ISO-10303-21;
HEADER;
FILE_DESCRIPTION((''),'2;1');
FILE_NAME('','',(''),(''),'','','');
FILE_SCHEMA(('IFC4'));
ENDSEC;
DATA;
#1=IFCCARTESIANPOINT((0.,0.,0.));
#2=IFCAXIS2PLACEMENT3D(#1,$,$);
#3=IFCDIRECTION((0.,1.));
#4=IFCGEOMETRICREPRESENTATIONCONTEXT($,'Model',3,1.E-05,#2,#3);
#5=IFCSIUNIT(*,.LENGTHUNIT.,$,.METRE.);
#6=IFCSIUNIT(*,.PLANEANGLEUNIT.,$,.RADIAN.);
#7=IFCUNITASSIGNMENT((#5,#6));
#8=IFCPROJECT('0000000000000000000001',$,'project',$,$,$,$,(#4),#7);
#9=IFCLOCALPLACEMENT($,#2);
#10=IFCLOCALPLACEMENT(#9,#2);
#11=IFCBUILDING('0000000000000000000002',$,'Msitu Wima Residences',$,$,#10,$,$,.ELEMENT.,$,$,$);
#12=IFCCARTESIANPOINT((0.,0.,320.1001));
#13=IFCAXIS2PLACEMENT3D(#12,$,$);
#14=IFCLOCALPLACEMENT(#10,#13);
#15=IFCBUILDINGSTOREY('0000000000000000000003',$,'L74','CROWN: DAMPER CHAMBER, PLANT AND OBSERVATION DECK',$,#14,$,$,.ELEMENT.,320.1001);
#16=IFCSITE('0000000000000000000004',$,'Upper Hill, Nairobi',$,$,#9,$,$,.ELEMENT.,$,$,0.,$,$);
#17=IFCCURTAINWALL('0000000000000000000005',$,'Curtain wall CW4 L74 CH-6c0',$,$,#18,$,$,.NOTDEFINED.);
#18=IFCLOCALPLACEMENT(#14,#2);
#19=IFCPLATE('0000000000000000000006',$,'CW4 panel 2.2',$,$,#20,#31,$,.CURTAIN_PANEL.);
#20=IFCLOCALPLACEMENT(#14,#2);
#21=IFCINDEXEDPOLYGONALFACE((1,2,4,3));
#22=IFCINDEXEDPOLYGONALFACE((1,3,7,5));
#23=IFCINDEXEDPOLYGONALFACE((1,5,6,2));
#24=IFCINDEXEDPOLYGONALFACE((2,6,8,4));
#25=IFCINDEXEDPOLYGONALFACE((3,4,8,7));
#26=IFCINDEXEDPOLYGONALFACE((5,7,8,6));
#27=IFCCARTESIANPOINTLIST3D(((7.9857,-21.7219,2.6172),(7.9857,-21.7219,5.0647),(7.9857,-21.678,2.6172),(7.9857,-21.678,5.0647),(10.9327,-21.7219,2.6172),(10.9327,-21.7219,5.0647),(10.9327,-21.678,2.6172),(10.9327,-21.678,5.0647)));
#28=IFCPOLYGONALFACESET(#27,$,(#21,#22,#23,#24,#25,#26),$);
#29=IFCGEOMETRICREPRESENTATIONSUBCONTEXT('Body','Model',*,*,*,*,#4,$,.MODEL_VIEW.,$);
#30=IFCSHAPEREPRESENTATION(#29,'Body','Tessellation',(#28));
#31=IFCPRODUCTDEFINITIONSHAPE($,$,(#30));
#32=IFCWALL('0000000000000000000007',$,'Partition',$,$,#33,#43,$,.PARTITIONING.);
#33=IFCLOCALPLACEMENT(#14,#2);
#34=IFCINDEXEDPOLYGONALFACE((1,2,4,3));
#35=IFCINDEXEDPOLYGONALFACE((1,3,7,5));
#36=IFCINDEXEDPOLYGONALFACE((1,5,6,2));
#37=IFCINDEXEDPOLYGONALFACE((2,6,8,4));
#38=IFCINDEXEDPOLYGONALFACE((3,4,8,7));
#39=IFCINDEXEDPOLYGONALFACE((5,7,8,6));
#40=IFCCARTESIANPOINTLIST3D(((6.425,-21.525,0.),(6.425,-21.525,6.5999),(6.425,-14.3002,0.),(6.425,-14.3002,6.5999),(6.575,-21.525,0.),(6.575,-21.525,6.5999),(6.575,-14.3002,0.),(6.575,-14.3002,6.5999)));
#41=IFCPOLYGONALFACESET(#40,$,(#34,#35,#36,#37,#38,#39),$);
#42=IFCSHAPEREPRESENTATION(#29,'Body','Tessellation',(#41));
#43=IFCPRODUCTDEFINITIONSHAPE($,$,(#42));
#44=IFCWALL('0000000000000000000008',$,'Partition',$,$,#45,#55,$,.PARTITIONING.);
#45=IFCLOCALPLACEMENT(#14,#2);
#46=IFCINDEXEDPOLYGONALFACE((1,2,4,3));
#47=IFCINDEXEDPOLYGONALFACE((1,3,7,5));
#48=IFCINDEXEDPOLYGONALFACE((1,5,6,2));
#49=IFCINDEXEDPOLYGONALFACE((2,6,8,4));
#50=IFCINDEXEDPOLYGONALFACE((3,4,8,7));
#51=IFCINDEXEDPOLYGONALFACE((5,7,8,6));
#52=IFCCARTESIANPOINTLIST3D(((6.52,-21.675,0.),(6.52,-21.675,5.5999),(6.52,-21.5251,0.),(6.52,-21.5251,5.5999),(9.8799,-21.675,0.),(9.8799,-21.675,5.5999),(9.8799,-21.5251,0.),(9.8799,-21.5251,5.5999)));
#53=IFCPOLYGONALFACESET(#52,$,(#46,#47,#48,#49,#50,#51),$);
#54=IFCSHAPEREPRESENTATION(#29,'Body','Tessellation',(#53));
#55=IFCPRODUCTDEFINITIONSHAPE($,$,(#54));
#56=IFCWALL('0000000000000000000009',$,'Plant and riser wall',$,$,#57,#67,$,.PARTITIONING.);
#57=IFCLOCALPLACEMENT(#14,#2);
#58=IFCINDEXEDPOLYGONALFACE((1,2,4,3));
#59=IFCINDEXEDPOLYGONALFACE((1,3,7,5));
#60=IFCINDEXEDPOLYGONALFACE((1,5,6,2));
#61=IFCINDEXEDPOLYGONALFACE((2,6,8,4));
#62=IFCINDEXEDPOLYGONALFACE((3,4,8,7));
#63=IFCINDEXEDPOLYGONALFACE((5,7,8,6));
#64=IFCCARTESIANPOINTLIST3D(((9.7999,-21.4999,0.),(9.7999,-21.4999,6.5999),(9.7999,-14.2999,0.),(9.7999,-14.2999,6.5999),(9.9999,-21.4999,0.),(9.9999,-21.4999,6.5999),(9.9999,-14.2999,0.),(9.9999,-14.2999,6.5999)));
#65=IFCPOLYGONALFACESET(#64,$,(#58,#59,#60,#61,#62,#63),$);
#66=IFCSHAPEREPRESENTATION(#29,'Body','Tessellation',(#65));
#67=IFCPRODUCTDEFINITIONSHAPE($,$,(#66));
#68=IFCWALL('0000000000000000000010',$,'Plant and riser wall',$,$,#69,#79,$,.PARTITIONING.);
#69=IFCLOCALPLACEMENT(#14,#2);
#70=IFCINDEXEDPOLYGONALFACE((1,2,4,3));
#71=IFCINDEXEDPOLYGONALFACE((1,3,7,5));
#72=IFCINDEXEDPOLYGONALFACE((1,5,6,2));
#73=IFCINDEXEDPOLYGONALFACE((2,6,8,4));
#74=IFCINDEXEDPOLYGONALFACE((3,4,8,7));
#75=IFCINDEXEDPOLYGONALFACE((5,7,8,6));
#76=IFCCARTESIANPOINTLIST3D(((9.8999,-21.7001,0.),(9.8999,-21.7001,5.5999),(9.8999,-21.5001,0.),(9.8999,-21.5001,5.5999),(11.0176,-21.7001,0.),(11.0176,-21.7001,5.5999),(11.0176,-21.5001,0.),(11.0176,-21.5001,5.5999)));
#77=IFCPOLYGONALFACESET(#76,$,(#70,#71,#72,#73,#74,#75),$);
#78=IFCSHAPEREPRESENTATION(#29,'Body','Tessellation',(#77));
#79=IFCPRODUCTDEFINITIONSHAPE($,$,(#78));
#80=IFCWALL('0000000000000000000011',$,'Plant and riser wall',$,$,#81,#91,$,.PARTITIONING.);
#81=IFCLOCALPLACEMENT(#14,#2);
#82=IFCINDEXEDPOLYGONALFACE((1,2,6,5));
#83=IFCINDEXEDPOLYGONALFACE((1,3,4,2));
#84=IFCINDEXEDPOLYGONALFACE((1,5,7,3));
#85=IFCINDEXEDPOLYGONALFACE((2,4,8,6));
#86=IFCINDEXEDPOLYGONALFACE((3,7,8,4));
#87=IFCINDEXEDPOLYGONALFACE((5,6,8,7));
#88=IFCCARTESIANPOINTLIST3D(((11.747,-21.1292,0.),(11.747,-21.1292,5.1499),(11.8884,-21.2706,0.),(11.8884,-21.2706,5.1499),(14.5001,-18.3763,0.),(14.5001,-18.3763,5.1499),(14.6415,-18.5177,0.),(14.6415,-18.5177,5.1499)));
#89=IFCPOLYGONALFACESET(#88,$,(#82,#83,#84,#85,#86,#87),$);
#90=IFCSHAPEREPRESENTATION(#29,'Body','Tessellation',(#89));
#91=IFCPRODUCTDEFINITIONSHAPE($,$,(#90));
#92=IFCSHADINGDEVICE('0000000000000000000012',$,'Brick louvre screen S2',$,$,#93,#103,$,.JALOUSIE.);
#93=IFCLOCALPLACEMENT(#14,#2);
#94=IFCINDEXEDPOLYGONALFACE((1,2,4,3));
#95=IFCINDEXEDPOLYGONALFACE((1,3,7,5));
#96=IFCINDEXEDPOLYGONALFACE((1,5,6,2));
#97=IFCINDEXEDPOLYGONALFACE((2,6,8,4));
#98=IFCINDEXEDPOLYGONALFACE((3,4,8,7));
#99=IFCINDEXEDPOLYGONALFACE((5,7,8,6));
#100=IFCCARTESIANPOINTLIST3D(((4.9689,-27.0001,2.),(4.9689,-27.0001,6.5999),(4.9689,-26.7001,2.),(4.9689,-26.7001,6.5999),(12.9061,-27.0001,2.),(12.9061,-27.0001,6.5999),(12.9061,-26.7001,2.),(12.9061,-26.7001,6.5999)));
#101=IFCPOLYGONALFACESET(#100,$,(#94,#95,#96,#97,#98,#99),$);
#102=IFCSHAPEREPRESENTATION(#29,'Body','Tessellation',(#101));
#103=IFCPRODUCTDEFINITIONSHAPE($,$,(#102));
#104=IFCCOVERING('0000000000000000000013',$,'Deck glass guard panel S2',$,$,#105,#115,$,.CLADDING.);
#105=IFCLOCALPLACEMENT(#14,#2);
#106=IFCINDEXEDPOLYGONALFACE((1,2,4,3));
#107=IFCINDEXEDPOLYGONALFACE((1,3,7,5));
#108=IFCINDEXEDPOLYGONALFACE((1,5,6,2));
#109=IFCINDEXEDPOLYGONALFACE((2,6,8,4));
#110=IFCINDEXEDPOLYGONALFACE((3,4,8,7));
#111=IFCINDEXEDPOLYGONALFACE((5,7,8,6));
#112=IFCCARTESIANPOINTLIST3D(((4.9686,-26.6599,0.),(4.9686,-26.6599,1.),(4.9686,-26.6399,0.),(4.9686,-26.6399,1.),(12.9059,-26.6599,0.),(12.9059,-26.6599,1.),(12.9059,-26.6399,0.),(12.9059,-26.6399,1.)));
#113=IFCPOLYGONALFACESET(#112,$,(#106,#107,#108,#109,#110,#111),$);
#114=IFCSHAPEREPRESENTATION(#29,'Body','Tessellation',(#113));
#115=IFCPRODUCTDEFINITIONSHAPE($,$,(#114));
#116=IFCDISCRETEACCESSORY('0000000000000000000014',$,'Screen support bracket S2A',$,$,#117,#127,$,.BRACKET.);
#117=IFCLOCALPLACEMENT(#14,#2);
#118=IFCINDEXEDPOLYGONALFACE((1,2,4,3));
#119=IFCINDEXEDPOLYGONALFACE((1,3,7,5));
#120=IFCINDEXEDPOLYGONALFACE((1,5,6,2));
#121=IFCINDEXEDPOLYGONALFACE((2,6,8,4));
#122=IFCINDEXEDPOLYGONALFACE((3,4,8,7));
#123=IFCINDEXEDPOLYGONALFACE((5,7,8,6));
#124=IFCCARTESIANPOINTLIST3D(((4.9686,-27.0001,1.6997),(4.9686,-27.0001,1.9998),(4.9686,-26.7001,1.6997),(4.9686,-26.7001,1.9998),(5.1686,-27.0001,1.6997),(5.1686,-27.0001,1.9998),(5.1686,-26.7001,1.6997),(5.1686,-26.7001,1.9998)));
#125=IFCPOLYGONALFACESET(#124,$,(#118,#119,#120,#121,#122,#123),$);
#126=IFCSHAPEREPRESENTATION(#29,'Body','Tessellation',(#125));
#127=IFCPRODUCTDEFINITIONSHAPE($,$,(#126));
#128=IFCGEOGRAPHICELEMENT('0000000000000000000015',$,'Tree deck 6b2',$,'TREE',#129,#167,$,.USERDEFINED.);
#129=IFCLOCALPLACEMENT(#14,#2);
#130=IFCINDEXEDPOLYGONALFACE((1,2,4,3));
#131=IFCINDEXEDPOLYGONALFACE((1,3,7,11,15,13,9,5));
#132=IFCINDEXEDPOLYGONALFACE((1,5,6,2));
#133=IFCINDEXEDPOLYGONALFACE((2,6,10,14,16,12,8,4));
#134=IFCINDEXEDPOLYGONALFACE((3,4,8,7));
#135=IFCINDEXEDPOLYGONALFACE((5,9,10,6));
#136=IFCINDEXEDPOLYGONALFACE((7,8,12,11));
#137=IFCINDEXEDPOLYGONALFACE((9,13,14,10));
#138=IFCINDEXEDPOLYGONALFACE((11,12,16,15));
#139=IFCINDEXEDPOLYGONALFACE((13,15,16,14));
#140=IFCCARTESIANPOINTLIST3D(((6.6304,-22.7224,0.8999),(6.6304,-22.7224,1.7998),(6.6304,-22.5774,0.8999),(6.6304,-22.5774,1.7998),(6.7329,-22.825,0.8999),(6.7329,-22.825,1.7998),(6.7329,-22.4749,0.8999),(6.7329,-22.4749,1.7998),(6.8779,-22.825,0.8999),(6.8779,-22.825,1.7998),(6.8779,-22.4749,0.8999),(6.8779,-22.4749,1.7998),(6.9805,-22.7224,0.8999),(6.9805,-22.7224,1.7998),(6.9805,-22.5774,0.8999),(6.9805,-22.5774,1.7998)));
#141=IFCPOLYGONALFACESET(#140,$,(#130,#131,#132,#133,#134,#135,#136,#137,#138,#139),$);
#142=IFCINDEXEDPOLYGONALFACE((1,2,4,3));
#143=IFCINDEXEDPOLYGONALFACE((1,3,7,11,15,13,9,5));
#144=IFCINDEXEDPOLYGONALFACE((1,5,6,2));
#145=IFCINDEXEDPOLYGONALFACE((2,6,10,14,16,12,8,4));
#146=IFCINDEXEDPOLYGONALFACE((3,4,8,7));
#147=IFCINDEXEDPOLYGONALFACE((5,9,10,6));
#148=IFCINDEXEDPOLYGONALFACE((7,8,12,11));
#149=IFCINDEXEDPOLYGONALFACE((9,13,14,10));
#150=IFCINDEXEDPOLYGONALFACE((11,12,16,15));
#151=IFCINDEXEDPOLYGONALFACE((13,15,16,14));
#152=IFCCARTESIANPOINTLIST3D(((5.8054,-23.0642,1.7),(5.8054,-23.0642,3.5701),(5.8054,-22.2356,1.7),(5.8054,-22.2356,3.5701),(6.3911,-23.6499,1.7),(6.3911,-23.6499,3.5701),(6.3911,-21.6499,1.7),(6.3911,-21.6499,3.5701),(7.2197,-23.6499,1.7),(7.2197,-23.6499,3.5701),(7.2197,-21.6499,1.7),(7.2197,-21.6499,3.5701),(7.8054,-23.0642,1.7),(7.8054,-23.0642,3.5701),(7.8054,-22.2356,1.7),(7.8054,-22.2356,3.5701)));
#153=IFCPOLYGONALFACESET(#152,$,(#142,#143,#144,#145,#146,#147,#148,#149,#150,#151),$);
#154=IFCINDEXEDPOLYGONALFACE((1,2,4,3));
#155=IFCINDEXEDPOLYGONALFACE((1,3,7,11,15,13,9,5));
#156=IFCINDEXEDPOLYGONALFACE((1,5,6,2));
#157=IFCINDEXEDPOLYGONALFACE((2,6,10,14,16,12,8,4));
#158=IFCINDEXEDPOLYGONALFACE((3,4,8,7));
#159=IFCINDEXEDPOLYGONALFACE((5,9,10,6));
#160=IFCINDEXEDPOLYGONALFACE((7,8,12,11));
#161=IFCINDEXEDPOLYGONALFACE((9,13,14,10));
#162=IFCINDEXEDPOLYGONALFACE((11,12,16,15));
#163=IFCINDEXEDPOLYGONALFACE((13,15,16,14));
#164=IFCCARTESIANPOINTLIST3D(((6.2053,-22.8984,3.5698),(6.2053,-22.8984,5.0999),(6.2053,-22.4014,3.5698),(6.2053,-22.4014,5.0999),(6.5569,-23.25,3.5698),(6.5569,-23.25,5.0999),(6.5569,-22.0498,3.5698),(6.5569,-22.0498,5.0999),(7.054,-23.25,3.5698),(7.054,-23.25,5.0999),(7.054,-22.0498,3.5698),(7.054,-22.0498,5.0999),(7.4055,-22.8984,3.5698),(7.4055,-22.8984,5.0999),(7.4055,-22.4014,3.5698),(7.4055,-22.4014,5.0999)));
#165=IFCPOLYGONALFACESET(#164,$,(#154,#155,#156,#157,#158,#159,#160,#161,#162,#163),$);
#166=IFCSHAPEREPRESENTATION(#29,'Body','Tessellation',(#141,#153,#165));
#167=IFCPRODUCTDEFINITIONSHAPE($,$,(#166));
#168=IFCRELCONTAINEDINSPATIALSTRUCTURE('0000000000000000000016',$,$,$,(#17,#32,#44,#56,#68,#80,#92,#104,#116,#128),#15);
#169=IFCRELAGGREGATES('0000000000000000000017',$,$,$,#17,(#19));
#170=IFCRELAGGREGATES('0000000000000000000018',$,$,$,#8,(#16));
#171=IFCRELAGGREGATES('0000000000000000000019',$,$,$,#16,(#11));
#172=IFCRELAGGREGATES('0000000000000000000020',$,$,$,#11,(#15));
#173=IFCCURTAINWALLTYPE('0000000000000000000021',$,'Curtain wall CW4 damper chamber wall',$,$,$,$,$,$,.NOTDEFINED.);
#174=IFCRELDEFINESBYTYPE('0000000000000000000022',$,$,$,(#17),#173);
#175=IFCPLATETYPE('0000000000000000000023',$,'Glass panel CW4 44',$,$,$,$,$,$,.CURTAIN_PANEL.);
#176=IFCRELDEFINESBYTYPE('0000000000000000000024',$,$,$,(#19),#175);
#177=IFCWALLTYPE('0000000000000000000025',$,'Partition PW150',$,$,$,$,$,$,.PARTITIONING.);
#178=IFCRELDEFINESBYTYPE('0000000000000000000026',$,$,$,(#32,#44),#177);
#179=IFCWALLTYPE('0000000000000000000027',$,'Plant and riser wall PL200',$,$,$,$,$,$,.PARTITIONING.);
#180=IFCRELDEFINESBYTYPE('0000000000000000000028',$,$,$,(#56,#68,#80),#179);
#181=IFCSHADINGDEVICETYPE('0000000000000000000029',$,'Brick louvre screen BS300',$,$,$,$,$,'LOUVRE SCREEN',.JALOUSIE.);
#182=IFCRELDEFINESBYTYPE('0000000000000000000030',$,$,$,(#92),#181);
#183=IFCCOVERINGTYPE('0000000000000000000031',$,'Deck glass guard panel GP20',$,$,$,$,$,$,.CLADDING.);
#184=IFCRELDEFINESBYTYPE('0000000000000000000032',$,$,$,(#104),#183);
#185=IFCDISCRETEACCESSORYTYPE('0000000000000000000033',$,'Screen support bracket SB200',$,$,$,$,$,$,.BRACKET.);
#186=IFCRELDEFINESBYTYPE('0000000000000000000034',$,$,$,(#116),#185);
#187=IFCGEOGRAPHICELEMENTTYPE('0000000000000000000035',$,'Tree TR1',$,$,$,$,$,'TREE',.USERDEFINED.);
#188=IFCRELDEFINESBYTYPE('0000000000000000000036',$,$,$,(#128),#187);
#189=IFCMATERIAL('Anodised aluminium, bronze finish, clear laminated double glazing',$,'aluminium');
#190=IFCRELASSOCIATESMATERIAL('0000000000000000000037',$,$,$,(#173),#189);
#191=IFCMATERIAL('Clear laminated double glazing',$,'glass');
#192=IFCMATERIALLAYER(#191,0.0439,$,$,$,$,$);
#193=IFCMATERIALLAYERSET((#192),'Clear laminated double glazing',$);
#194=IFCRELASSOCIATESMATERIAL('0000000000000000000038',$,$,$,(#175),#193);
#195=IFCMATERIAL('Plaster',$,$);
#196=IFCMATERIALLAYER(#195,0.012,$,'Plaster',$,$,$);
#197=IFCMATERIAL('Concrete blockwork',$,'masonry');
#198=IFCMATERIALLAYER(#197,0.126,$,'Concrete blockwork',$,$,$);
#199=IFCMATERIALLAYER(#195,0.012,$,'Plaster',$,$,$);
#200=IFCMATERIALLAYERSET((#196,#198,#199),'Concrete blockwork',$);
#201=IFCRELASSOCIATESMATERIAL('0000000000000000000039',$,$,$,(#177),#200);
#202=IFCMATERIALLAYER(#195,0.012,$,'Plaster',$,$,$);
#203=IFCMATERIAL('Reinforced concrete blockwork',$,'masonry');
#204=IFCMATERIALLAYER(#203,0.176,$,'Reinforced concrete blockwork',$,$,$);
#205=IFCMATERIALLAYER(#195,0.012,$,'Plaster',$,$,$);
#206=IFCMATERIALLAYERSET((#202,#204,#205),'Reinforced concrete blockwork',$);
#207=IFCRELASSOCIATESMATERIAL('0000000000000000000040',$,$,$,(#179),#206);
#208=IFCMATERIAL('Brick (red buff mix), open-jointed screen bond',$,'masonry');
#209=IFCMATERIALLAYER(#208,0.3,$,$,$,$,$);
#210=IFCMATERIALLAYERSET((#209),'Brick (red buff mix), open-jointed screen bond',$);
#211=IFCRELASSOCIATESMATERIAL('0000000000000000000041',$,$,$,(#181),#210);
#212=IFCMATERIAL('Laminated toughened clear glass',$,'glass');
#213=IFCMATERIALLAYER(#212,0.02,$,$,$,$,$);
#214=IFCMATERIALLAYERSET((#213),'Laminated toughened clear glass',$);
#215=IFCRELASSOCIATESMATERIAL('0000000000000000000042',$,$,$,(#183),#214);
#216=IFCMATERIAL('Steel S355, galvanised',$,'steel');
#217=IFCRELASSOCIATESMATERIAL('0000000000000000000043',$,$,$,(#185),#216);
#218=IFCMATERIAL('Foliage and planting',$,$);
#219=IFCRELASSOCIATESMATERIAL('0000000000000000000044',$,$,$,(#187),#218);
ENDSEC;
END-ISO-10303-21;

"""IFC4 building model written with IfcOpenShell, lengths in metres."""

from ifc_helpers import new_model, si_unit, direction, frame, frame_2d, origin, origin_2d, place, context, subcontext, project, spatial, polyline, rectangle, outline, extrude, material, layer, layer_set, type_object, element, aggregate, save


model = new_model("IFC4")

# Units and contexts
model_context = context("Model", 3, precision=1e-05, world=origin(), true_north=direction((0.0, 1.0)))
body_context = subcontext(model_context, "Body", "Model", "MODEL_VIEW")
ifc_project = project(units=[si_unit("LENGTHUNIT", "METRE"), si_unit("PLANEANGLEUNIT", "RADIAN")], contexts=[model_context])

# Site, building, storey
site_placement = place(None, origin())
site = spatial("IfcSite", under=ifc_project, at=site_placement, Name="Upper Hill, Nairobi", CompositionType="ELEMENT", RefElevation=0.0)
building_placement = place(site_placement, origin())
building = spatial("IfcBuilding", under=site, at=building_placement, Name="Msitu Wima Residences", CompositionType="ELEMENT")
storey_placement = place(building_placement, frame((0.0, 0.0, 320.1001)))
storey = spatial("IfcBuildingStorey", under=building, at=storey_placement, Name="L74", Description="CROWN: DAMPER CHAMBER, PLANT AND OBSERVATION DECK", CompositionType="ELEMENT", Elevation=320.1001)

# Curtain wall
ifc_material_1 = material(Name="Anodised aluminium, bronze finish, clear laminated double glazing", Category="aluminium")
curtain_wall_type = type_object("IfcCurtainWallType", Name="Curtain wall CW4 damper chamber wall", PredefinedType="NOTDEFINED", material=ifc_material_1)
curtain_wall_1_placement = place(storey_placement, origin())
curtain_wall_1 = element("IfcCurtainWall", 1, at=curtain_wall_1_placement, inside=storey, type_object=curtain_wall_type, Name="Curtain wall CW4 L74 CH-6c0", PredefinedType="NOTDEFINED")

# Plate
ifc_material_2 = material(Name="Clear laminated double glazing", Category="glass")
ifc_layer_1 = layer(ifc_material_2, 0.0439)
ifc_layer_set_1 = layer_set([ifc_layer_1], Name="Clear laminated double glazing")
plate_type = type_object("IfcPlateType", Name="Glass panel CW4 44", PredefinedType="CURTAIN_PANEL", material=ifc_layer_set_1)
plate_1_placement = place(storey_placement, frame((9.4592, -21.7, 2.6172), z_axis=(0.0, 0.0, 1.0), x_axis=(1.0, 0.0, 0.0)))
plate_1 = element("IfcPlate", 2, at=plate_1_placement, type_object=plate_type, Name="CW4 panel 2.2", PredefinedType="CURTAIN_PANEL", context=body_context, shape_type="SweptSolid", body=[
    extrude(rectangle(XDim=2.947, YDim=0.0439, at=origin_2d()), origin(), (0.0, 0.0, 1.0), 2.4475),
])
aggregate(curtain_wall_1, [plate_1])

# Walls
ifc_material_3 = material(Name="Plaster")
ifc_layer_2 = layer(ifc_material_3, 0.012, Name="Plaster")
ifc_material_4 = material(Name="Concrete blockwork", Category="masonry")
ifc_layer_3 = layer(ifc_material_4, 0.126, Name="Concrete blockwork")
ifc_layer_4 = layer(ifc_material_3, 0.012, Name="Plaster")
ifc_layer_set_2 = layer_set([ifc_layer_2, ifc_layer_3, ifc_layer_4], Name="Concrete blockwork")
wall_type_1 = type_object("IfcWallType", Name="Partition PW150", PredefinedType="PARTITIONING", material=ifc_layer_set_2)
wall_1_placement = place(storey_placement, frame((6.5, -21.5249, 0.0), z_axis=(0.0, 0.0, 1.0), x_axis=(0.0, 1.0, 0.0)))
element("IfcWall", 3, at=wall_1_placement, inside=storey, type_object=wall_type_1, Name="Partition", PredefinedType="PARTITIONING", context=body_context, shape_type="SweptSolid", body=[
    extrude(rectangle(XDim=7.2249, YDim=0.1499, at=frame_2d((3.6123, 0.0))), origin(), (0.0, 0.0, 1.0), 6.5999),
])
wall_2_placement = place(storey_placement, frame((6.52, -21.6001, 0.0), z_axis=(0.0, 0.0, 1.0), x_axis=(1.0, 0.0, 0.0)))
element("IfcWall", 4, at=wall_2_placement, inside=storey, type_object=wall_type_1, Name="Partition", PredefinedType="PARTITIONING", context=body_context, shape_type="SweptSolid", body=[
    extrude(rectangle(XDim=3.3599, YDim=0.1499, at=frame_2d((1.6799, 0.0))), origin(), (0.0, 0.0, 1.0), 5.5999),
])
ifc_layer_5 = layer(ifc_material_3, 0.012, Name="Plaster")
ifc_material_5 = material(Name="Reinforced concrete blockwork", Category="masonry")
ifc_layer_6 = layer(ifc_material_5, 0.176, Name="Reinforced concrete blockwork")
ifc_layer_7 = layer(ifc_material_3, 0.012, Name="Plaster")
ifc_layer_set_3 = layer_set([ifc_layer_5, ifc_layer_6, ifc_layer_7], Name="Reinforced concrete blockwork")
wall_type_2 = type_object("IfcWallType", Name="Plant and riser wall PL200", PredefinedType="PARTITIONING", material=ifc_layer_set_3)
wall_3_placement = place(storey_placement, frame((9.8999, -21.5, 0.0), z_axis=(0.0, 0.0, 1.0), x_axis=(0.0, 1.0, 0.0)))
element("IfcWall", 5, at=wall_3_placement, inside=storey, type_object=wall_type_2, Name="Plant and riser wall", PredefinedType="PARTITIONING", context=body_context, shape_type="SweptSolid", body=[
    extrude(rectangle(XDim=7.2, YDim=0.2, at=frame_2d((3.6001, 0.0))), origin(), (0.0, 0.0, 1.0), 6.5999),
])
wall_4_placement = place(storey_placement, frame((9.8999, -21.6001, 0.0), z_axis=(0.0, 0.0, 1.0), x_axis=(1.0, 0.0, 0.0)))
element("IfcWall", 6, at=wall_4_placement, inside=storey, type_object=wall_type_2, Name="Plant and riser wall", PredefinedType="PARTITIONING", context=body_context, shape_type="SweptSolid", body=[
    extrude(rectangle(XDim=1.1177, YDim=0.2, at=frame_2d((0.5588, 0.0))), origin(), (0.0, 0.0, 1.0), 5.5999),
])
wall_5_placement = place(storey_placement, frame((11.8176, -21.2, 0.0), z_axis=(0.0, 0.0, 1.0), x_axis=(0.707138, 0.707075, 0.0)))
element("IfcWall", 7, at=wall_5_placement, inside=storey, type_object=wall_type_2, Name="Plant and riser wall", PredefinedType="PARTITIONING", context=body_context, shape_type="SweptSolid", body=[
    extrude(rectangle(XDim=3.8933, YDim=0.2, at=frame_2d((1.9468, 0.0))), origin(), (0.0, 0.0, 1.0), 5.1499),
])

# Shading device
ifc_material_6 = material(Name="Brick (red buff mix), open-jointed screen bond", Category="masonry")
ifc_layer_8 = layer(ifc_material_6, 0.3)
ifc_layer_set_4 = layer_set([ifc_layer_8], Name="Brick (red buff mix), open-jointed screen bond")
shading_device_type = type_object("IfcShadingDeviceType", Name="Brick louvre screen BS300", ElementType="LOUVRE SCREEN", PredefinedType="JALOUSIE", material=ifc_layer_set_4)
shading_device_placement = place(storey_placement, frame((4.9688, -26.8501, 2.0), z_axis=(0.0, 0.0, 1.0), x_axis=(1.0, 0.0, 0.0)))
element("IfcShadingDevice", 8, at=shading_device_placement, inside=storey, type_object=shading_device_type, Name="Brick louvre screen S2", PredefinedType="JALOUSIE", context=body_context, shape_type="SweptSolid", body=[
    extrude(rectangle(XDim=7.9373, YDim=0.3, at=frame_2d((3.9688, 0.0))), origin(), (0.0, 0.0, 1.0), 4.5999),
])

# Covering
ifc_material_7 = material(Name="Laminated toughened clear glass", Category="glass")
ifc_layer_9 = layer(ifc_material_7, 0.02)
ifc_layer_set_5 = layer_set([ifc_layer_9], Name="Laminated toughened clear glass")
covering_type = type_object("IfcCoveringType", Name="Deck glass guard panel GP20", PredefinedType="CLADDING", material=ifc_layer_set_5)
covering_placement = place(storey_placement, frame((8.9373, -26.6499, 0.0), z_axis=(0.0, 0.0, 1.0), x_axis=(1.0, 0.0, 0.0)))
element("IfcCovering", 9, at=covering_placement, inside=storey, type_object=covering_type, Name="Deck glass guard panel S2", PredefinedType="CLADDING", context=body_context, shape_type="SweptSolid", body=[
    extrude(rectangle(XDim=7.9373, YDim=0.02, at=origin_2d()), origin(), (0.0, 0.0, 1.0), 1.0),
])

# Discrete accessory
ifc_material_8 = material(Name="Steel S355, galvanised", Category="steel")
discrete_accessory_type = type_object("IfcDiscreteAccessoryType", Name="Screen support bracket SB200", PredefinedType="BRACKET", material=ifc_material_8)
discrete_accessory_placement = place(storey_placement, frame((5.0686, -26.8501, 1.6997), z_axis=(0.0, 0.0, 1.0), x_axis=(1.0, 0.0, 0.0)))
element("IfcDiscreteAccessory", 10, at=discrete_accessory_placement, inside=storey, type_object=discrete_accessory_type, Name="Screen support bracket S2A", PredefinedType="BRACKET", context=body_context, shape_type="SweptSolid", body=[
    extrude(rectangle(XDim=0.2, YDim=0.3, at=origin_2d()), origin(), (0.0, 0.0, 1.0), 0.3),
])

# Geographic element
ifc_material_9 = material(Name="Foliage and planting")
geographic_element_type = type_object("IfcGeographicElementType", Name="Tree TR1", ElementType="TREE", PredefinedType="USERDEFINED", material=ifc_material_9)
geographic_element_placement = place(storey_placement, frame((6.8054, -22.6499, 0.8999), z_axis=(0.0, 0.0, 1.0), x_axis=(1.0, 0.0, 0.0)))
element("IfcGeographicElement", 11, at=geographic_element_placement, inside=storey, type_object=geographic_element_type, Name="Tree deck 6b2", ObjectType="TREE", PredefinedType="USERDEFINED", context=body_context, shape_type="SweptSolid", body=[
    extrude(outline(polyline([(0.175, 0.0725), (0.0725, 0.175), (-0.0725, 0.175), (-0.175, 0.0725), (-0.175, -0.0725), (-0.0725, -0.175), (0.0725, -0.175), (0.175, -0.0725), (0.175, 0.0725)])), origin(), (0.0, 0.0, 1.0), 0.8999),
    extrude(outline(polyline([(1.0, 0.4143), (0.4143, 1.0), (-0.4143, 1.0), (-1.0, 0.4143), (-1.0, -0.4143), (-0.4143, -1.0), (0.4143, -1.0), (1.0, -0.4143), (1.0, 0.4143)])), frame((0.0, 0.0, 0.8)), (0.0, 0.0, 1.0), 1.8701),
    extrude(outline(polyline([(0.6001, 0.2485), (0.2485, 0.6001), (-0.2485, 0.6001), (-0.6001, 0.2485), (-0.6001, -0.2485), (-0.2485, -0.6001), (0.2485, -0.6001), (0.6001, -0.2485), (0.6001, 0.2485)])), frame((0.0, 0.0, 2.6699)), (0.0, 0.0, 1.0), 1.53),
])

save(model, "model.ifc")
